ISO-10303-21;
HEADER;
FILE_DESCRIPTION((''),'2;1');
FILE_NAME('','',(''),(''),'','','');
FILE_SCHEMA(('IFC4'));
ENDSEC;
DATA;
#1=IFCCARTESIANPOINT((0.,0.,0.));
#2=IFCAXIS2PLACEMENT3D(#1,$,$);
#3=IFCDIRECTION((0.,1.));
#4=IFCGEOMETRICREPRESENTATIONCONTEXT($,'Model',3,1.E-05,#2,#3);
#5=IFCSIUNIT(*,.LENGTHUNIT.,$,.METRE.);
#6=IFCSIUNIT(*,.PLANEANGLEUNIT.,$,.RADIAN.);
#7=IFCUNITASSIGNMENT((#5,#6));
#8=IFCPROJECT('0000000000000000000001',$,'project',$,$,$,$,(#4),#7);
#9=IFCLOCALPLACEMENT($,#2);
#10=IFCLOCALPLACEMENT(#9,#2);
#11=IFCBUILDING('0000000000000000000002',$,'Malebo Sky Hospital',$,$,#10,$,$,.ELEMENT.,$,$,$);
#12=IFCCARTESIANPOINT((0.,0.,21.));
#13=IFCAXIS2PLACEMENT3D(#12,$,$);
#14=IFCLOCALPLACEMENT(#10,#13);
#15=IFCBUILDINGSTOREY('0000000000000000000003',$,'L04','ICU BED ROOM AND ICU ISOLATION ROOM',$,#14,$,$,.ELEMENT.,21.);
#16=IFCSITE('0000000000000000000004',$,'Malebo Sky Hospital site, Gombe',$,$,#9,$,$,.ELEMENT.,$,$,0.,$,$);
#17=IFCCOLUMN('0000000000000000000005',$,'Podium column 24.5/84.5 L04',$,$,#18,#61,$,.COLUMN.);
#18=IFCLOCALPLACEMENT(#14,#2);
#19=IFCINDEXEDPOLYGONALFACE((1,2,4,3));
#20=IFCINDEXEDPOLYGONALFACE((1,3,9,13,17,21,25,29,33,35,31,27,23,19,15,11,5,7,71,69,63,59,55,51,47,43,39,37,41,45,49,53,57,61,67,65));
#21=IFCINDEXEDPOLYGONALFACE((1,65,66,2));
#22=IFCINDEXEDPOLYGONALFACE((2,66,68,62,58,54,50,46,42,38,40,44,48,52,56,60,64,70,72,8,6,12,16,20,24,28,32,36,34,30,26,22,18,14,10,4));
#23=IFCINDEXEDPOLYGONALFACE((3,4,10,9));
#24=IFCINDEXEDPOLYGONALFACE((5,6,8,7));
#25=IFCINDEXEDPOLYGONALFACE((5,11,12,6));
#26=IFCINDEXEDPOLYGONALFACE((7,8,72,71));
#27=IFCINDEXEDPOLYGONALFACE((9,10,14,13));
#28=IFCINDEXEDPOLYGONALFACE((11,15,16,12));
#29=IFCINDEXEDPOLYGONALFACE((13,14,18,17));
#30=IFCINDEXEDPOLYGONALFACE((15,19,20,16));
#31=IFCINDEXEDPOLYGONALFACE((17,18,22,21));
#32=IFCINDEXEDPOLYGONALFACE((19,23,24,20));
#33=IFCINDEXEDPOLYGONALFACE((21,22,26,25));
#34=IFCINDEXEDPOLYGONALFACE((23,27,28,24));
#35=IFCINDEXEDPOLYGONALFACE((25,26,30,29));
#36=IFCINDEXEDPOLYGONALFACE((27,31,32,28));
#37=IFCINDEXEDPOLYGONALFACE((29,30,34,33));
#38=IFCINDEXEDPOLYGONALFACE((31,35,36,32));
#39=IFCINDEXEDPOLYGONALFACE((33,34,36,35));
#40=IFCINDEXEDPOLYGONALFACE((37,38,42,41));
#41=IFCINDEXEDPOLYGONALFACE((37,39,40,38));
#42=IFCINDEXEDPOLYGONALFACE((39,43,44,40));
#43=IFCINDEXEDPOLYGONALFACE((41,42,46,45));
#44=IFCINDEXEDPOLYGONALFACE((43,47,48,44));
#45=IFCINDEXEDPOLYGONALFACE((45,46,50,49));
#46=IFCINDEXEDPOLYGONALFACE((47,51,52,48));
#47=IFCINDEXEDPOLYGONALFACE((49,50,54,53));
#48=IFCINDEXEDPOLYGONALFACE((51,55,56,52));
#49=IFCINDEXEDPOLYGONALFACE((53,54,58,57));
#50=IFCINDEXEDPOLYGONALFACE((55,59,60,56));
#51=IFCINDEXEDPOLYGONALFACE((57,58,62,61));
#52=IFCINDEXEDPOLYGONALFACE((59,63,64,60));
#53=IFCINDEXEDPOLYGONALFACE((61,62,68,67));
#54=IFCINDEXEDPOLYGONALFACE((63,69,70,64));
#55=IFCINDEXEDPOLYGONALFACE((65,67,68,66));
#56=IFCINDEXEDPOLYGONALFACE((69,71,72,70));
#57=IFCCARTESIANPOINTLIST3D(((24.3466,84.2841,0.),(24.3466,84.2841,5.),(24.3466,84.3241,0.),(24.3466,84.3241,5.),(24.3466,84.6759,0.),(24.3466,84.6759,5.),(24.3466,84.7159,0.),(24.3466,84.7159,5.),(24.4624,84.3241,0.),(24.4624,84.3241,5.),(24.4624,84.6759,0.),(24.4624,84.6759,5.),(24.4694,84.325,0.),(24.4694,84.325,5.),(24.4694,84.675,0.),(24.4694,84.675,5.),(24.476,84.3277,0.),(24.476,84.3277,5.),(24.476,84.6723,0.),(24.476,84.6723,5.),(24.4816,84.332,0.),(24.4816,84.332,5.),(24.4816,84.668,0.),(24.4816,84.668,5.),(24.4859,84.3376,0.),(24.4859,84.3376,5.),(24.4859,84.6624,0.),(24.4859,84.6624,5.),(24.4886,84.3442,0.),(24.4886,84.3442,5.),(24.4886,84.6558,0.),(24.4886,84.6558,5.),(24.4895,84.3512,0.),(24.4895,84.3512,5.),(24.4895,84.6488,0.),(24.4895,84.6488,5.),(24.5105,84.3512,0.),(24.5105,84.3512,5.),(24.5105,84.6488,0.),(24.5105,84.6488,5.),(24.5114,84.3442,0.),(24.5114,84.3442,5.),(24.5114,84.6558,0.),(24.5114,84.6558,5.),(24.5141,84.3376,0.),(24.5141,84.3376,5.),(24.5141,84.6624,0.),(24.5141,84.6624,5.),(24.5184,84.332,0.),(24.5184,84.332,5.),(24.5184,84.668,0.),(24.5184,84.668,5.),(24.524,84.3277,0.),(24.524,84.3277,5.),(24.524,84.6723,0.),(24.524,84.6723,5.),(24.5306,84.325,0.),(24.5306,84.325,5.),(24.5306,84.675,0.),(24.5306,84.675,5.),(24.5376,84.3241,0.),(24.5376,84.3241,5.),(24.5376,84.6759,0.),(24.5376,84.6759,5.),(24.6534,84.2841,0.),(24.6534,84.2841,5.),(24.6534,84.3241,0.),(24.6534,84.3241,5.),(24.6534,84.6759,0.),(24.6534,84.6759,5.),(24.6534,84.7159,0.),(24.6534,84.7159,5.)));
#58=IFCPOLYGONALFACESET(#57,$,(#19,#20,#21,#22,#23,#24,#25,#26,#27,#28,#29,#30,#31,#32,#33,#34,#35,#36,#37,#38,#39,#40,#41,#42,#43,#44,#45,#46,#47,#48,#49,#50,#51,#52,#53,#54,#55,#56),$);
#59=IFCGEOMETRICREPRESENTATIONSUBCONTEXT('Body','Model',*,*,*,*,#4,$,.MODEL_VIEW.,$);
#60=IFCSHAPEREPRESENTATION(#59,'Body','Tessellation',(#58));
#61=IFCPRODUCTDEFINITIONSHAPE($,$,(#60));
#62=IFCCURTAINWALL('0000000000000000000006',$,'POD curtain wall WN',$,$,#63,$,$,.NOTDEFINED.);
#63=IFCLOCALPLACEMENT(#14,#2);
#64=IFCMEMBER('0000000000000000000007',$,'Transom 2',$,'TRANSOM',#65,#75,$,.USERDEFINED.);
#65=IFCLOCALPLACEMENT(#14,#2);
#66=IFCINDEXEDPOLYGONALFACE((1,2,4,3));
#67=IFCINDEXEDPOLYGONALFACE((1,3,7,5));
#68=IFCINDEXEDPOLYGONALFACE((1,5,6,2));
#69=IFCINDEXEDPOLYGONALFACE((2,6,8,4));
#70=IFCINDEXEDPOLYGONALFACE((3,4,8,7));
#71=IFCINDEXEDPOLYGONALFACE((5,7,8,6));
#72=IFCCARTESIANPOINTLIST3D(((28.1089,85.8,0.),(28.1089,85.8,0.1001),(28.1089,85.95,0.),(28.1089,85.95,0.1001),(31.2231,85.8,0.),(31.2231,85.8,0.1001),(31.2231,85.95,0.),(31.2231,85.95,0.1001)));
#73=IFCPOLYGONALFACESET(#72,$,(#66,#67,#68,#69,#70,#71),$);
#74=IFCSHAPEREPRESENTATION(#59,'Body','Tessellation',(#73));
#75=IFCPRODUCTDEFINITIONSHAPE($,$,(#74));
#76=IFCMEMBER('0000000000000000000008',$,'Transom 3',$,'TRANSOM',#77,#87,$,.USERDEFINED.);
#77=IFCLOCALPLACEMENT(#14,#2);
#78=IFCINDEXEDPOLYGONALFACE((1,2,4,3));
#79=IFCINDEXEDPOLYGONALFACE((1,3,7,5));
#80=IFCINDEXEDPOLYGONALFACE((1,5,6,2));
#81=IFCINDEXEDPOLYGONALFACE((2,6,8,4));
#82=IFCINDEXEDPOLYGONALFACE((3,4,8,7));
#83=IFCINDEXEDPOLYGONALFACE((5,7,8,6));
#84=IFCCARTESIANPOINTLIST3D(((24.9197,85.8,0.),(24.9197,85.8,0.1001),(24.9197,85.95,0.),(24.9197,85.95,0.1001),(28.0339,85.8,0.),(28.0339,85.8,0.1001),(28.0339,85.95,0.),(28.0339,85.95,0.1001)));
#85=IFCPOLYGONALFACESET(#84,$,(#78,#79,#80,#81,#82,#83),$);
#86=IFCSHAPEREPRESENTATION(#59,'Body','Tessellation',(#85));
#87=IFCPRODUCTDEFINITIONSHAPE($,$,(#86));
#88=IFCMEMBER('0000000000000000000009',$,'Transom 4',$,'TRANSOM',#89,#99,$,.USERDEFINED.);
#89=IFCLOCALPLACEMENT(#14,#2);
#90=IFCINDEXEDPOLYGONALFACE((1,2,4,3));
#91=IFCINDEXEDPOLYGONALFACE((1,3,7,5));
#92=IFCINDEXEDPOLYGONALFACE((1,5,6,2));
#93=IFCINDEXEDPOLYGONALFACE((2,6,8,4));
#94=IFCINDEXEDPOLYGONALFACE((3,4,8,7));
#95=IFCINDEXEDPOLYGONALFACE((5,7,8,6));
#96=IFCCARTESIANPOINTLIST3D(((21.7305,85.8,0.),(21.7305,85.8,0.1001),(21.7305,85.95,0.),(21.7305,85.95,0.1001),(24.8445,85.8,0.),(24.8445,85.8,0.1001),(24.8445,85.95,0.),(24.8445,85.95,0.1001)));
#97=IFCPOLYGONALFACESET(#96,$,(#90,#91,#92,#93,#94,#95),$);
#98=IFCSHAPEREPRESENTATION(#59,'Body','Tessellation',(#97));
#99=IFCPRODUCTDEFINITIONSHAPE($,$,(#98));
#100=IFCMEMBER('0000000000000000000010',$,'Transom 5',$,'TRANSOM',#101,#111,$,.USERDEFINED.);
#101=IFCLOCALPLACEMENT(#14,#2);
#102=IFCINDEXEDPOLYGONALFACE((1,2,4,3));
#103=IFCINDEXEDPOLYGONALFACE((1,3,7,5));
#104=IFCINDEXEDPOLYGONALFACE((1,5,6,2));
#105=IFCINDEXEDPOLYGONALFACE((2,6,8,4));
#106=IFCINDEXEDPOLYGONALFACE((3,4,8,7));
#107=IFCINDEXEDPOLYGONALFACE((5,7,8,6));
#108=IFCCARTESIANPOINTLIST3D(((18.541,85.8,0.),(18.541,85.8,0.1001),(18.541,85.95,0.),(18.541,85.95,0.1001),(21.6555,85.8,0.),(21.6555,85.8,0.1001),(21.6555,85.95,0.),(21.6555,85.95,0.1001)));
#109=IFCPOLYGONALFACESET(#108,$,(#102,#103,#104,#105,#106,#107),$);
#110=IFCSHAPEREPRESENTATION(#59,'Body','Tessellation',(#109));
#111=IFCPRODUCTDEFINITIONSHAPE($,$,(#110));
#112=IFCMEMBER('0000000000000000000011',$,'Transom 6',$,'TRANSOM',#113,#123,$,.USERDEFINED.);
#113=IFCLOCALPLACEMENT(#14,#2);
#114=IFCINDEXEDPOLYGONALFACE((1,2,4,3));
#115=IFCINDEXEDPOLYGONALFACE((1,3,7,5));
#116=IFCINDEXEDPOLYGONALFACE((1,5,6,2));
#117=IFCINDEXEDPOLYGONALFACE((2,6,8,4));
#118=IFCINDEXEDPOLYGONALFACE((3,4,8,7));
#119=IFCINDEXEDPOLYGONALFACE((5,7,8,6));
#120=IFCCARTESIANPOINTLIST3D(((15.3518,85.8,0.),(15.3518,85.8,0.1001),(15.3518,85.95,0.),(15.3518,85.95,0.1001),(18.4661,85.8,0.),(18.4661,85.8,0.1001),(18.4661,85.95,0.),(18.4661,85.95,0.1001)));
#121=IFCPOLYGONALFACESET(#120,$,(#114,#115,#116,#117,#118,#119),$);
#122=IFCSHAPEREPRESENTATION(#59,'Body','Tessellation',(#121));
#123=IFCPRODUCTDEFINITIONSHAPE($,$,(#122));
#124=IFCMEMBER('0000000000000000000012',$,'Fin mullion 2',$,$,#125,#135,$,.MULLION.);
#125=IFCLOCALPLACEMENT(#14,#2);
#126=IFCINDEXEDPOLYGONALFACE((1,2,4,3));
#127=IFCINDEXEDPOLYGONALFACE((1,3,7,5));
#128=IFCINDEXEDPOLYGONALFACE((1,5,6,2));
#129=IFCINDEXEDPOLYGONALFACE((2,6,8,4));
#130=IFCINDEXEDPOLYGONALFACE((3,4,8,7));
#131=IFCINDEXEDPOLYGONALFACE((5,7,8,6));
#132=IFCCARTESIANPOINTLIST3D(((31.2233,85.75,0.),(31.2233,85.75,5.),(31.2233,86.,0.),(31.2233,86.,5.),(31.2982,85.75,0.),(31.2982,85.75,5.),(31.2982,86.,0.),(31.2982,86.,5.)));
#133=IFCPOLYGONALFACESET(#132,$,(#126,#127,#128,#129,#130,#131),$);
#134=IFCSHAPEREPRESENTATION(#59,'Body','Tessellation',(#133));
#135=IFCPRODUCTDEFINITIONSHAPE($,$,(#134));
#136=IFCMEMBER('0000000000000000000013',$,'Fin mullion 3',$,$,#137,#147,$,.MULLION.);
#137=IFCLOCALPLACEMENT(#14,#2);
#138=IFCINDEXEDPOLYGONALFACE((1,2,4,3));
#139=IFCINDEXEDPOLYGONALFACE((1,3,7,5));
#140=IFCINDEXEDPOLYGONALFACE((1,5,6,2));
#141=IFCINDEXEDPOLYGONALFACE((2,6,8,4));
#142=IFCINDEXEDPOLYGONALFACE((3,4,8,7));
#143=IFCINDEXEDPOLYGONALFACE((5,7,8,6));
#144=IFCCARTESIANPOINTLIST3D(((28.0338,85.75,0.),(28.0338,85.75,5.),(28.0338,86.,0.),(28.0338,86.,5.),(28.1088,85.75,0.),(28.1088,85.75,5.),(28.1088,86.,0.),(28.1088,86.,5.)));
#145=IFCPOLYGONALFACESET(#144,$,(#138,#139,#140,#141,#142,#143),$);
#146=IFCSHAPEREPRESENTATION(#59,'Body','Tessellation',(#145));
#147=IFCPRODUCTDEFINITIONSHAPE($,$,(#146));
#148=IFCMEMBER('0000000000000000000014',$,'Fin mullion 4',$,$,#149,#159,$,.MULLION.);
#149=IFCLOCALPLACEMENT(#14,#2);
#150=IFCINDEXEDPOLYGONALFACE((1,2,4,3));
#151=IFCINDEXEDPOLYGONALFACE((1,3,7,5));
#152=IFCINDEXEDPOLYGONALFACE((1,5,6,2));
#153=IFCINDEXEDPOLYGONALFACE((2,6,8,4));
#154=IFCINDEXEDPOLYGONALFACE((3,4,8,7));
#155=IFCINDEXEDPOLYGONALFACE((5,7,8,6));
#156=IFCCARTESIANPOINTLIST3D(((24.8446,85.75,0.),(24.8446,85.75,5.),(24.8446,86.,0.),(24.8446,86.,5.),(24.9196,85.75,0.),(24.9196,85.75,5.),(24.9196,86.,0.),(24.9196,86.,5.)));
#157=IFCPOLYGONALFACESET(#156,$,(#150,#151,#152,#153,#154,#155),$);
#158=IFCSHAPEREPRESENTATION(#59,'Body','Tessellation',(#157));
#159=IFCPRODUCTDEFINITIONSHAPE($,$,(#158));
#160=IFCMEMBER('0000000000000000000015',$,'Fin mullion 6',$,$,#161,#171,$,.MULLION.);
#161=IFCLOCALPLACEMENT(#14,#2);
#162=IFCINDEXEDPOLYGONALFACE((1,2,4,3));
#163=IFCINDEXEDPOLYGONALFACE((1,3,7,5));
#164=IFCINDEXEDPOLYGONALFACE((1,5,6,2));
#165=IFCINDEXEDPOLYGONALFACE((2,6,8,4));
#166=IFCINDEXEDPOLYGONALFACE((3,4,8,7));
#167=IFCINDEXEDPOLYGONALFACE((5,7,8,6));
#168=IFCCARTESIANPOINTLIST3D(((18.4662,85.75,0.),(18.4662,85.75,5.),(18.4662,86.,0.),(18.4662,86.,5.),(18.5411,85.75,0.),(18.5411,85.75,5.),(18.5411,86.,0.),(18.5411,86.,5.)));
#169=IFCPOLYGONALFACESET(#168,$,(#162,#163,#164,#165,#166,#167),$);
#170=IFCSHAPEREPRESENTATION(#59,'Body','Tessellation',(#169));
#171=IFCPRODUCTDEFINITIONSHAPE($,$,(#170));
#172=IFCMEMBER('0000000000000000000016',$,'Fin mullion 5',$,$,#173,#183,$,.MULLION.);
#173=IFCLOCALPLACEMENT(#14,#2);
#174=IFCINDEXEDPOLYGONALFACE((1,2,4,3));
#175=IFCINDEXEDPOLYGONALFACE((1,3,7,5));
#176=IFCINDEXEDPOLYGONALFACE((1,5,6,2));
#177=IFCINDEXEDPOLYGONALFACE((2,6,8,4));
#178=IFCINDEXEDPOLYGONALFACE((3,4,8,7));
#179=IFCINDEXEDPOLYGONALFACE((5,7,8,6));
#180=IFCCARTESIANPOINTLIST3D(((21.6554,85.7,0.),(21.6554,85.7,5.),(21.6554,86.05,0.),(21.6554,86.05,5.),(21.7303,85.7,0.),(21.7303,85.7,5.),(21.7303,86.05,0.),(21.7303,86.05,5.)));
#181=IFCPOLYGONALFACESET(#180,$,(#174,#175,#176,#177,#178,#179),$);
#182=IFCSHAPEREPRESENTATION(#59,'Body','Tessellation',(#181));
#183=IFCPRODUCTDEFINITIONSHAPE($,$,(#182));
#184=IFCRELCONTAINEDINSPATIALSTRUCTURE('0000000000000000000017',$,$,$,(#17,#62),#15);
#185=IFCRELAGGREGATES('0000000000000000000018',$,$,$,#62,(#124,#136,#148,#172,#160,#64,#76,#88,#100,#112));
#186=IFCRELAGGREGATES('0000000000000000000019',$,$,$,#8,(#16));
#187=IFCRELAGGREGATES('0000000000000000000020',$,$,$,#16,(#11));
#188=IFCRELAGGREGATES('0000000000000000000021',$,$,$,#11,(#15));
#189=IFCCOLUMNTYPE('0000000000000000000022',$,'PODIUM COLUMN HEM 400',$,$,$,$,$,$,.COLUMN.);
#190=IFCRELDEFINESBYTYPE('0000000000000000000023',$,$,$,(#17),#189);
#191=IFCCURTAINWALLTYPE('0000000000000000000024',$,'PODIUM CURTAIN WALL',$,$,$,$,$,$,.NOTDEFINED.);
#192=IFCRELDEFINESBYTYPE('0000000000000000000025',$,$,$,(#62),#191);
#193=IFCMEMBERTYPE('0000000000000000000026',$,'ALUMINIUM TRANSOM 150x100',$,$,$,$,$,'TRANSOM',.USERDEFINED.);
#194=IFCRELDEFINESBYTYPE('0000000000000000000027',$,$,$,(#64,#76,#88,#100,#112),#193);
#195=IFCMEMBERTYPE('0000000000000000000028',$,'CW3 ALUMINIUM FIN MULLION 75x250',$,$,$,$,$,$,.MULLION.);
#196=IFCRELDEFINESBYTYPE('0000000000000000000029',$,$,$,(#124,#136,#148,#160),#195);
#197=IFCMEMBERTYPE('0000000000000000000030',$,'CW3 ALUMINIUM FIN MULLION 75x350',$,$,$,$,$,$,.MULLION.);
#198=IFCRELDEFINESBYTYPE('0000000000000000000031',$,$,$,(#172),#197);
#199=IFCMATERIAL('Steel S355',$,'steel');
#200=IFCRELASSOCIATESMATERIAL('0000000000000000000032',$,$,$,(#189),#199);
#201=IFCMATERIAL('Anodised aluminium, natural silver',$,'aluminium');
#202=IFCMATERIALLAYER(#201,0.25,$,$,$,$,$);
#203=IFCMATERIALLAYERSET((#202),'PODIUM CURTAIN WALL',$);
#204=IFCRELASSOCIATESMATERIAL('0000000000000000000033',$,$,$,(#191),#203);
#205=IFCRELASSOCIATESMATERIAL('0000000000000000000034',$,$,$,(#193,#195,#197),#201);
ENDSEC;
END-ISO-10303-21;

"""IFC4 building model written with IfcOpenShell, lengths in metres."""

from ifc_helpers import new_model, si_unit, direction, frame, origin, origin_2d, place, context, subcontext, project, spatial, rectangle, i_section, extrude, material, layer, layer_set, material_profile, profile_set, type_object, element, aggregate, save


model = new_model("IFC4")

# Units and contexts
model_context = context("Model", 3, precision=1e-05, world=origin(), true_north=direction((0.0, 1.0)))
body_context = subcontext(model_context, "Body", "Model", "MODEL_VIEW")
ifc_project = project(units=[si_unit("LENGTHUNIT", "METRE"), si_unit("PLANEANGLEUNIT", "RADIAN")], contexts=[model_context])

# Site, building, storey
site_placement = place(None, origin())
site = spatial("IfcSite", under=ifc_project, at=site_placement, Name="Malebo Sky Hospital site, Gombe", CompositionType="ELEMENT", RefElevation=0.0)
building_placement = place(site_placement, origin())
building = spatial("IfcBuilding", under=site, at=building_placement, Name="Malebo Sky Hospital", CompositionType="ELEMENT")
storey_placement = place(building_placement, frame((0.0, 0.0, 21.0)))
storey = spatial("IfcBuildingStorey", under=building, at=storey_placement, Name="L04", Description="ICU BED ROOM AND ICU ISOLATION ROOM", CompositionType="ELEMENT", Elevation=21.0)

# Column
ifc_material_1 = material(Name="Steel S355", Category="steel")
ifc_material_profile_1 = material_profile(ifc_material_1, i_section(OverallWidth=0.3069, OverallDepth=0.4319, WebThickness=0.021, FlangeThickness=0.04, FilletRadius=0.0271, at=origin_2d()), Name="HEM 400")
ifc_profile_set_1 = profile_set([ifc_material_profile_1], Name="Steel S355")
column_type = type_object("IfcColumnType", Name="PODIUM COLUMN HEM 400", PredefinedType="COLUMN", material=ifc_profile_set_1)
column_placement = place(storey_placement, frame((24.5, 84.5, 0.0), z_axis=(0.0, 0.0, 1.0), x_axis=(1.0, 0.0, 0.0)))
element("IfcColumn", 1, at=column_placement, inside=storey, type_object=column_type, Name="Podium column 24.5/84.5 L04", PredefinedType="COLUMN", context=body_context, shape_type="SweptSolid", body=[
    extrude(i_section(OverallWidth=0.3069, OverallDepth=0.4319, WebThickness=0.021, FlangeThickness=0.04, FilletRadius=0.0271, at=origin_2d()), origin(), (0.0, 0.0, 1.0), 5.0),
])

# Curtain wall, members
ifc_material_2 = material(Name="Anodised aluminium, natural silver", Category="aluminium")
ifc_layer_1 = layer(ifc_material_2, 0.25)
ifc_layer_set_1 = layer_set([ifc_layer_1], Name="PODIUM CURTAIN WALL")
curtain_wall_type = type_object("IfcCurtainWallType", Name="PODIUM CURTAIN WALL", PredefinedType="NOTDEFINED", material=ifc_layer_set_1)
curtain_wall_placement = place(storey_placement, origin())
curtain_wall = element("IfcCurtainWall", 2, at=curtain_wall_placement, inside=storey, type_object=curtain_wall_type, Name="POD curtain wall WN", PredefinedType="NOTDEFINED")
ifc_material_profile_2 = material_profile(ifc_material_2, rectangle(XDim=0.1499, YDim=0.1001, at=origin_2d()), Name="ALUMINIUM TRANSOM 150x100")
ifc_profile_set_2 = profile_set([ifc_material_profile_2], Name="Anodised aluminium, natural silver")
member_type_1 = type_object("IfcMemberType", Name="ALUMINIUM TRANSOM 150x100", ElementType="TRANSOM", PredefinedType="USERDEFINED", material=ifc_profile_set_2)
member_1_placement = place(storey_placement, frame((31.2231, 85.875, 0.05), z_axis=(-1.0, 0.0, 0.0), x_axis=(0.0, -1.0, 0.0)))
member_1 = element("IfcMember", 3, at=member_1_placement, type_object=member_type_1, Name="Transom 2", ObjectType="TRANSOM", PredefinedType="USERDEFINED", context=body_context, shape_type="SweptSolid", body=[
    extrude(rectangle(XDim=0.1499, YDim=0.1001, at=origin_2d()), origin(), (0.0, 0.0, 1.0), 3.1143),
])
member_2_placement = place(storey_placement, frame((28.0339, 85.875, 0.05), z_axis=(-1.0, 0.0, 0.0), x_axis=(0.0, -1.0, 0.0)))
member_2 = element("IfcMember", 4, at=member_2_placement, type_object=member_type_1, Name="Transom 3", ObjectType="TRANSOM", PredefinedType="USERDEFINED", context=body_context, shape_type="SweptSolid", body=[
    extrude(rectangle(XDim=0.1499, YDim=0.1001, at=origin_2d()), origin(), (0.0, 0.0, 1.0), 3.1143),
])
member_3_placement = place(storey_placement, frame((24.8445, 85.875, 0.05), z_axis=(-1.0, 0.0, 0.0), x_axis=(0.0, -1.0, 0.0)))
member_3 = element("IfcMember", 5, at=member_3_placement, type_object=member_type_1, Name="Transom 4", ObjectType="TRANSOM", PredefinedType="USERDEFINED", context=body_context, shape_type="SweptSolid", body=[
    extrude(rectangle(XDim=0.1499, YDim=0.1001, at=origin_2d()), origin(), (0.0, 0.0, 1.0), 3.114),
])
member_4_placement = place(storey_placement, frame((21.6555, 85.875, 0.05), z_axis=(-1.0, 0.0, 0.0), x_axis=(0.0, -1.0, 0.0)))
member_4 = element("IfcMember", 6, at=member_4_placement, type_object=member_type_1, Name="Transom 5", ObjectType="TRANSOM", PredefinedType="USERDEFINED", context=body_context, shape_type="SweptSolid", body=[
    extrude(rectangle(XDim=0.1499, YDim=0.1001, at=origin_2d()), origin(), (0.0, 0.0, 1.0), 3.1145),
])
member_5_placement = place(storey_placement, frame((18.4661, 85.875, 0.05), z_axis=(-1.0, 0.0, 0.0), x_axis=(0.0, -1.0, 0.0)))
member_5 = element("IfcMember", 7, at=member_5_placement, type_object=member_type_1, Name="Transom 6", ObjectType="TRANSOM", PredefinedType="USERDEFINED", context=body_context, shape_type="SweptSolid", body=[
    extrude(rectangle(XDim=0.1499, YDim=0.1001, at=origin_2d()), origin(), (0.0, 0.0, 1.0), 3.1143),
])
ifc_material_profile_3 = material_profile(ifc_material_2, rectangle(XDim=0.075, YDim=0.25, at=origin_2d()), Name="CW3 ALUMINIUM FIN MULLION 75x250")
ifc_profile_set_3 = profile_set([ifc_material_profile_3], Name="Anodised aluminium, natural silver")
member_type_2 = type_object("IfcMemberType", Name="CW3 ALUMINIUM FIN MULLION 75x250", PredefinedType="MULLION", material=ifc_profile_set_3)
member_6_placement = place(storey_placement, frame((31.2607, 85.875, 0.0), z_axis=(0.0, 0.0, 1.0), x_axis=(-1.0, 0.0, 0.0)))
member_6 = element("IfcMember", 8, at=member_6_placement, type_object=member_type_2, Name="Fin mullion 2", PredefinedType="MULLION", context=body_context, shape_type="SweptSolid", body=[
    extrude(rectangle(XDim=0.075, YDim=0.25, at=origin_2d()), origin(), (0.0, 0.0, 1.0), 5.0),
])
member_7_placement = place(storey_placement, frame((28.0713, 85.875, 0.0), z_axis=(0.0, 0.0, 1.0), x_axis=(-1.0, 0.0, 0.0)))
member_7 = element("IfcMember", 9, at=member_7_placement, type_object=member_type_2, Name="Fin mullion 3", PredefinedType="MULLION", context=body_context, shape_type="SweptSolid", body=[
    extrude(rectangle(XDim=0.075, YDim=0.25, at=origin_2d()), origin(), (0.0, 0.0, 1.0), 5.0),
])
member_8_placement = place(storey_placement, frame((24.8821, 85.875, 0.0), z_axis=(0.0, 0.0, 1.0), x_axis=(-1.0, 0.0, 0.0)))
member_8 = element("IfcMember", 10, at=member_8_placement, type_object=member_type_2, Name="Fin mullion 4", PredefinedType="MULLION", context=body_context, shape_type="SweptSolid", body=[
    extrude(rectangle(XDim=0.075, YDim=0.25, at=origin_2d()), origin(), (0.0, 0.0, 1.0), 5.0),
])
member_9_placement = place(storey_placement, frame((18.5037, 85.875, 0.0), z_axis=(0.0, 0.0, 1.0), x_axis=(-1.0, 0.0, 0.0)))
member_9 = element("IfcMember", 11, at=member_9_placement, type_object=member_type_2, Name="Fin mullion 6", PredefinedType="MULLION", context=body_context, shape_type="SweptSolid", body=[
    extrude(rectangle(XDim=0.075, YDim=0.25, at=origin_2d()), origin(), (0.0, 0.0, 1.0), 5.0),
])
ifc_material_profile_4 = material_profile(ifc_material_2, rectangle(XDim=0.075, YDim=0.3501, at=origin_2d()), Name="CW3 ALUMINIUM FIN MULLION 75x350")
ifc_profile_set_4 = profile_set([ifc_material_profile_4], Name="Anodised aluminium, natural silver")
member_type_3 = type_object("IfcMemberType", Name="CW3 ALUMINIUM FIN MULLION 75x350", PredefinedType="MULLION", material=ifc_profile_set_4)
member_10_placement = place(storey_placement, frame((21.6929, 85.875, 0.0), z_axis=(0.0, 0.0, 1.0), x_axis=(-1.0, 0.0, 0.0)))
member_10 = element("IfcMember", 12, at=member_10_placement, type_object=member_type_3, Name="Fin mullion 5", PredefinedType="MULLION", context=body_context, shape_type="SweptSolid", body=[
    extrude(rectangle(XDim=0.075, YDim=0.3501, at=origin_2d()), origin(), (0.0, 0.0, 1.0), 5.0),
])

aggregate(curtain_wall, [member_6, member_7, member_8, member_10, member_9, member_1, member_2, member_3, member_4, member_5])

save(model, "model.ifc")
